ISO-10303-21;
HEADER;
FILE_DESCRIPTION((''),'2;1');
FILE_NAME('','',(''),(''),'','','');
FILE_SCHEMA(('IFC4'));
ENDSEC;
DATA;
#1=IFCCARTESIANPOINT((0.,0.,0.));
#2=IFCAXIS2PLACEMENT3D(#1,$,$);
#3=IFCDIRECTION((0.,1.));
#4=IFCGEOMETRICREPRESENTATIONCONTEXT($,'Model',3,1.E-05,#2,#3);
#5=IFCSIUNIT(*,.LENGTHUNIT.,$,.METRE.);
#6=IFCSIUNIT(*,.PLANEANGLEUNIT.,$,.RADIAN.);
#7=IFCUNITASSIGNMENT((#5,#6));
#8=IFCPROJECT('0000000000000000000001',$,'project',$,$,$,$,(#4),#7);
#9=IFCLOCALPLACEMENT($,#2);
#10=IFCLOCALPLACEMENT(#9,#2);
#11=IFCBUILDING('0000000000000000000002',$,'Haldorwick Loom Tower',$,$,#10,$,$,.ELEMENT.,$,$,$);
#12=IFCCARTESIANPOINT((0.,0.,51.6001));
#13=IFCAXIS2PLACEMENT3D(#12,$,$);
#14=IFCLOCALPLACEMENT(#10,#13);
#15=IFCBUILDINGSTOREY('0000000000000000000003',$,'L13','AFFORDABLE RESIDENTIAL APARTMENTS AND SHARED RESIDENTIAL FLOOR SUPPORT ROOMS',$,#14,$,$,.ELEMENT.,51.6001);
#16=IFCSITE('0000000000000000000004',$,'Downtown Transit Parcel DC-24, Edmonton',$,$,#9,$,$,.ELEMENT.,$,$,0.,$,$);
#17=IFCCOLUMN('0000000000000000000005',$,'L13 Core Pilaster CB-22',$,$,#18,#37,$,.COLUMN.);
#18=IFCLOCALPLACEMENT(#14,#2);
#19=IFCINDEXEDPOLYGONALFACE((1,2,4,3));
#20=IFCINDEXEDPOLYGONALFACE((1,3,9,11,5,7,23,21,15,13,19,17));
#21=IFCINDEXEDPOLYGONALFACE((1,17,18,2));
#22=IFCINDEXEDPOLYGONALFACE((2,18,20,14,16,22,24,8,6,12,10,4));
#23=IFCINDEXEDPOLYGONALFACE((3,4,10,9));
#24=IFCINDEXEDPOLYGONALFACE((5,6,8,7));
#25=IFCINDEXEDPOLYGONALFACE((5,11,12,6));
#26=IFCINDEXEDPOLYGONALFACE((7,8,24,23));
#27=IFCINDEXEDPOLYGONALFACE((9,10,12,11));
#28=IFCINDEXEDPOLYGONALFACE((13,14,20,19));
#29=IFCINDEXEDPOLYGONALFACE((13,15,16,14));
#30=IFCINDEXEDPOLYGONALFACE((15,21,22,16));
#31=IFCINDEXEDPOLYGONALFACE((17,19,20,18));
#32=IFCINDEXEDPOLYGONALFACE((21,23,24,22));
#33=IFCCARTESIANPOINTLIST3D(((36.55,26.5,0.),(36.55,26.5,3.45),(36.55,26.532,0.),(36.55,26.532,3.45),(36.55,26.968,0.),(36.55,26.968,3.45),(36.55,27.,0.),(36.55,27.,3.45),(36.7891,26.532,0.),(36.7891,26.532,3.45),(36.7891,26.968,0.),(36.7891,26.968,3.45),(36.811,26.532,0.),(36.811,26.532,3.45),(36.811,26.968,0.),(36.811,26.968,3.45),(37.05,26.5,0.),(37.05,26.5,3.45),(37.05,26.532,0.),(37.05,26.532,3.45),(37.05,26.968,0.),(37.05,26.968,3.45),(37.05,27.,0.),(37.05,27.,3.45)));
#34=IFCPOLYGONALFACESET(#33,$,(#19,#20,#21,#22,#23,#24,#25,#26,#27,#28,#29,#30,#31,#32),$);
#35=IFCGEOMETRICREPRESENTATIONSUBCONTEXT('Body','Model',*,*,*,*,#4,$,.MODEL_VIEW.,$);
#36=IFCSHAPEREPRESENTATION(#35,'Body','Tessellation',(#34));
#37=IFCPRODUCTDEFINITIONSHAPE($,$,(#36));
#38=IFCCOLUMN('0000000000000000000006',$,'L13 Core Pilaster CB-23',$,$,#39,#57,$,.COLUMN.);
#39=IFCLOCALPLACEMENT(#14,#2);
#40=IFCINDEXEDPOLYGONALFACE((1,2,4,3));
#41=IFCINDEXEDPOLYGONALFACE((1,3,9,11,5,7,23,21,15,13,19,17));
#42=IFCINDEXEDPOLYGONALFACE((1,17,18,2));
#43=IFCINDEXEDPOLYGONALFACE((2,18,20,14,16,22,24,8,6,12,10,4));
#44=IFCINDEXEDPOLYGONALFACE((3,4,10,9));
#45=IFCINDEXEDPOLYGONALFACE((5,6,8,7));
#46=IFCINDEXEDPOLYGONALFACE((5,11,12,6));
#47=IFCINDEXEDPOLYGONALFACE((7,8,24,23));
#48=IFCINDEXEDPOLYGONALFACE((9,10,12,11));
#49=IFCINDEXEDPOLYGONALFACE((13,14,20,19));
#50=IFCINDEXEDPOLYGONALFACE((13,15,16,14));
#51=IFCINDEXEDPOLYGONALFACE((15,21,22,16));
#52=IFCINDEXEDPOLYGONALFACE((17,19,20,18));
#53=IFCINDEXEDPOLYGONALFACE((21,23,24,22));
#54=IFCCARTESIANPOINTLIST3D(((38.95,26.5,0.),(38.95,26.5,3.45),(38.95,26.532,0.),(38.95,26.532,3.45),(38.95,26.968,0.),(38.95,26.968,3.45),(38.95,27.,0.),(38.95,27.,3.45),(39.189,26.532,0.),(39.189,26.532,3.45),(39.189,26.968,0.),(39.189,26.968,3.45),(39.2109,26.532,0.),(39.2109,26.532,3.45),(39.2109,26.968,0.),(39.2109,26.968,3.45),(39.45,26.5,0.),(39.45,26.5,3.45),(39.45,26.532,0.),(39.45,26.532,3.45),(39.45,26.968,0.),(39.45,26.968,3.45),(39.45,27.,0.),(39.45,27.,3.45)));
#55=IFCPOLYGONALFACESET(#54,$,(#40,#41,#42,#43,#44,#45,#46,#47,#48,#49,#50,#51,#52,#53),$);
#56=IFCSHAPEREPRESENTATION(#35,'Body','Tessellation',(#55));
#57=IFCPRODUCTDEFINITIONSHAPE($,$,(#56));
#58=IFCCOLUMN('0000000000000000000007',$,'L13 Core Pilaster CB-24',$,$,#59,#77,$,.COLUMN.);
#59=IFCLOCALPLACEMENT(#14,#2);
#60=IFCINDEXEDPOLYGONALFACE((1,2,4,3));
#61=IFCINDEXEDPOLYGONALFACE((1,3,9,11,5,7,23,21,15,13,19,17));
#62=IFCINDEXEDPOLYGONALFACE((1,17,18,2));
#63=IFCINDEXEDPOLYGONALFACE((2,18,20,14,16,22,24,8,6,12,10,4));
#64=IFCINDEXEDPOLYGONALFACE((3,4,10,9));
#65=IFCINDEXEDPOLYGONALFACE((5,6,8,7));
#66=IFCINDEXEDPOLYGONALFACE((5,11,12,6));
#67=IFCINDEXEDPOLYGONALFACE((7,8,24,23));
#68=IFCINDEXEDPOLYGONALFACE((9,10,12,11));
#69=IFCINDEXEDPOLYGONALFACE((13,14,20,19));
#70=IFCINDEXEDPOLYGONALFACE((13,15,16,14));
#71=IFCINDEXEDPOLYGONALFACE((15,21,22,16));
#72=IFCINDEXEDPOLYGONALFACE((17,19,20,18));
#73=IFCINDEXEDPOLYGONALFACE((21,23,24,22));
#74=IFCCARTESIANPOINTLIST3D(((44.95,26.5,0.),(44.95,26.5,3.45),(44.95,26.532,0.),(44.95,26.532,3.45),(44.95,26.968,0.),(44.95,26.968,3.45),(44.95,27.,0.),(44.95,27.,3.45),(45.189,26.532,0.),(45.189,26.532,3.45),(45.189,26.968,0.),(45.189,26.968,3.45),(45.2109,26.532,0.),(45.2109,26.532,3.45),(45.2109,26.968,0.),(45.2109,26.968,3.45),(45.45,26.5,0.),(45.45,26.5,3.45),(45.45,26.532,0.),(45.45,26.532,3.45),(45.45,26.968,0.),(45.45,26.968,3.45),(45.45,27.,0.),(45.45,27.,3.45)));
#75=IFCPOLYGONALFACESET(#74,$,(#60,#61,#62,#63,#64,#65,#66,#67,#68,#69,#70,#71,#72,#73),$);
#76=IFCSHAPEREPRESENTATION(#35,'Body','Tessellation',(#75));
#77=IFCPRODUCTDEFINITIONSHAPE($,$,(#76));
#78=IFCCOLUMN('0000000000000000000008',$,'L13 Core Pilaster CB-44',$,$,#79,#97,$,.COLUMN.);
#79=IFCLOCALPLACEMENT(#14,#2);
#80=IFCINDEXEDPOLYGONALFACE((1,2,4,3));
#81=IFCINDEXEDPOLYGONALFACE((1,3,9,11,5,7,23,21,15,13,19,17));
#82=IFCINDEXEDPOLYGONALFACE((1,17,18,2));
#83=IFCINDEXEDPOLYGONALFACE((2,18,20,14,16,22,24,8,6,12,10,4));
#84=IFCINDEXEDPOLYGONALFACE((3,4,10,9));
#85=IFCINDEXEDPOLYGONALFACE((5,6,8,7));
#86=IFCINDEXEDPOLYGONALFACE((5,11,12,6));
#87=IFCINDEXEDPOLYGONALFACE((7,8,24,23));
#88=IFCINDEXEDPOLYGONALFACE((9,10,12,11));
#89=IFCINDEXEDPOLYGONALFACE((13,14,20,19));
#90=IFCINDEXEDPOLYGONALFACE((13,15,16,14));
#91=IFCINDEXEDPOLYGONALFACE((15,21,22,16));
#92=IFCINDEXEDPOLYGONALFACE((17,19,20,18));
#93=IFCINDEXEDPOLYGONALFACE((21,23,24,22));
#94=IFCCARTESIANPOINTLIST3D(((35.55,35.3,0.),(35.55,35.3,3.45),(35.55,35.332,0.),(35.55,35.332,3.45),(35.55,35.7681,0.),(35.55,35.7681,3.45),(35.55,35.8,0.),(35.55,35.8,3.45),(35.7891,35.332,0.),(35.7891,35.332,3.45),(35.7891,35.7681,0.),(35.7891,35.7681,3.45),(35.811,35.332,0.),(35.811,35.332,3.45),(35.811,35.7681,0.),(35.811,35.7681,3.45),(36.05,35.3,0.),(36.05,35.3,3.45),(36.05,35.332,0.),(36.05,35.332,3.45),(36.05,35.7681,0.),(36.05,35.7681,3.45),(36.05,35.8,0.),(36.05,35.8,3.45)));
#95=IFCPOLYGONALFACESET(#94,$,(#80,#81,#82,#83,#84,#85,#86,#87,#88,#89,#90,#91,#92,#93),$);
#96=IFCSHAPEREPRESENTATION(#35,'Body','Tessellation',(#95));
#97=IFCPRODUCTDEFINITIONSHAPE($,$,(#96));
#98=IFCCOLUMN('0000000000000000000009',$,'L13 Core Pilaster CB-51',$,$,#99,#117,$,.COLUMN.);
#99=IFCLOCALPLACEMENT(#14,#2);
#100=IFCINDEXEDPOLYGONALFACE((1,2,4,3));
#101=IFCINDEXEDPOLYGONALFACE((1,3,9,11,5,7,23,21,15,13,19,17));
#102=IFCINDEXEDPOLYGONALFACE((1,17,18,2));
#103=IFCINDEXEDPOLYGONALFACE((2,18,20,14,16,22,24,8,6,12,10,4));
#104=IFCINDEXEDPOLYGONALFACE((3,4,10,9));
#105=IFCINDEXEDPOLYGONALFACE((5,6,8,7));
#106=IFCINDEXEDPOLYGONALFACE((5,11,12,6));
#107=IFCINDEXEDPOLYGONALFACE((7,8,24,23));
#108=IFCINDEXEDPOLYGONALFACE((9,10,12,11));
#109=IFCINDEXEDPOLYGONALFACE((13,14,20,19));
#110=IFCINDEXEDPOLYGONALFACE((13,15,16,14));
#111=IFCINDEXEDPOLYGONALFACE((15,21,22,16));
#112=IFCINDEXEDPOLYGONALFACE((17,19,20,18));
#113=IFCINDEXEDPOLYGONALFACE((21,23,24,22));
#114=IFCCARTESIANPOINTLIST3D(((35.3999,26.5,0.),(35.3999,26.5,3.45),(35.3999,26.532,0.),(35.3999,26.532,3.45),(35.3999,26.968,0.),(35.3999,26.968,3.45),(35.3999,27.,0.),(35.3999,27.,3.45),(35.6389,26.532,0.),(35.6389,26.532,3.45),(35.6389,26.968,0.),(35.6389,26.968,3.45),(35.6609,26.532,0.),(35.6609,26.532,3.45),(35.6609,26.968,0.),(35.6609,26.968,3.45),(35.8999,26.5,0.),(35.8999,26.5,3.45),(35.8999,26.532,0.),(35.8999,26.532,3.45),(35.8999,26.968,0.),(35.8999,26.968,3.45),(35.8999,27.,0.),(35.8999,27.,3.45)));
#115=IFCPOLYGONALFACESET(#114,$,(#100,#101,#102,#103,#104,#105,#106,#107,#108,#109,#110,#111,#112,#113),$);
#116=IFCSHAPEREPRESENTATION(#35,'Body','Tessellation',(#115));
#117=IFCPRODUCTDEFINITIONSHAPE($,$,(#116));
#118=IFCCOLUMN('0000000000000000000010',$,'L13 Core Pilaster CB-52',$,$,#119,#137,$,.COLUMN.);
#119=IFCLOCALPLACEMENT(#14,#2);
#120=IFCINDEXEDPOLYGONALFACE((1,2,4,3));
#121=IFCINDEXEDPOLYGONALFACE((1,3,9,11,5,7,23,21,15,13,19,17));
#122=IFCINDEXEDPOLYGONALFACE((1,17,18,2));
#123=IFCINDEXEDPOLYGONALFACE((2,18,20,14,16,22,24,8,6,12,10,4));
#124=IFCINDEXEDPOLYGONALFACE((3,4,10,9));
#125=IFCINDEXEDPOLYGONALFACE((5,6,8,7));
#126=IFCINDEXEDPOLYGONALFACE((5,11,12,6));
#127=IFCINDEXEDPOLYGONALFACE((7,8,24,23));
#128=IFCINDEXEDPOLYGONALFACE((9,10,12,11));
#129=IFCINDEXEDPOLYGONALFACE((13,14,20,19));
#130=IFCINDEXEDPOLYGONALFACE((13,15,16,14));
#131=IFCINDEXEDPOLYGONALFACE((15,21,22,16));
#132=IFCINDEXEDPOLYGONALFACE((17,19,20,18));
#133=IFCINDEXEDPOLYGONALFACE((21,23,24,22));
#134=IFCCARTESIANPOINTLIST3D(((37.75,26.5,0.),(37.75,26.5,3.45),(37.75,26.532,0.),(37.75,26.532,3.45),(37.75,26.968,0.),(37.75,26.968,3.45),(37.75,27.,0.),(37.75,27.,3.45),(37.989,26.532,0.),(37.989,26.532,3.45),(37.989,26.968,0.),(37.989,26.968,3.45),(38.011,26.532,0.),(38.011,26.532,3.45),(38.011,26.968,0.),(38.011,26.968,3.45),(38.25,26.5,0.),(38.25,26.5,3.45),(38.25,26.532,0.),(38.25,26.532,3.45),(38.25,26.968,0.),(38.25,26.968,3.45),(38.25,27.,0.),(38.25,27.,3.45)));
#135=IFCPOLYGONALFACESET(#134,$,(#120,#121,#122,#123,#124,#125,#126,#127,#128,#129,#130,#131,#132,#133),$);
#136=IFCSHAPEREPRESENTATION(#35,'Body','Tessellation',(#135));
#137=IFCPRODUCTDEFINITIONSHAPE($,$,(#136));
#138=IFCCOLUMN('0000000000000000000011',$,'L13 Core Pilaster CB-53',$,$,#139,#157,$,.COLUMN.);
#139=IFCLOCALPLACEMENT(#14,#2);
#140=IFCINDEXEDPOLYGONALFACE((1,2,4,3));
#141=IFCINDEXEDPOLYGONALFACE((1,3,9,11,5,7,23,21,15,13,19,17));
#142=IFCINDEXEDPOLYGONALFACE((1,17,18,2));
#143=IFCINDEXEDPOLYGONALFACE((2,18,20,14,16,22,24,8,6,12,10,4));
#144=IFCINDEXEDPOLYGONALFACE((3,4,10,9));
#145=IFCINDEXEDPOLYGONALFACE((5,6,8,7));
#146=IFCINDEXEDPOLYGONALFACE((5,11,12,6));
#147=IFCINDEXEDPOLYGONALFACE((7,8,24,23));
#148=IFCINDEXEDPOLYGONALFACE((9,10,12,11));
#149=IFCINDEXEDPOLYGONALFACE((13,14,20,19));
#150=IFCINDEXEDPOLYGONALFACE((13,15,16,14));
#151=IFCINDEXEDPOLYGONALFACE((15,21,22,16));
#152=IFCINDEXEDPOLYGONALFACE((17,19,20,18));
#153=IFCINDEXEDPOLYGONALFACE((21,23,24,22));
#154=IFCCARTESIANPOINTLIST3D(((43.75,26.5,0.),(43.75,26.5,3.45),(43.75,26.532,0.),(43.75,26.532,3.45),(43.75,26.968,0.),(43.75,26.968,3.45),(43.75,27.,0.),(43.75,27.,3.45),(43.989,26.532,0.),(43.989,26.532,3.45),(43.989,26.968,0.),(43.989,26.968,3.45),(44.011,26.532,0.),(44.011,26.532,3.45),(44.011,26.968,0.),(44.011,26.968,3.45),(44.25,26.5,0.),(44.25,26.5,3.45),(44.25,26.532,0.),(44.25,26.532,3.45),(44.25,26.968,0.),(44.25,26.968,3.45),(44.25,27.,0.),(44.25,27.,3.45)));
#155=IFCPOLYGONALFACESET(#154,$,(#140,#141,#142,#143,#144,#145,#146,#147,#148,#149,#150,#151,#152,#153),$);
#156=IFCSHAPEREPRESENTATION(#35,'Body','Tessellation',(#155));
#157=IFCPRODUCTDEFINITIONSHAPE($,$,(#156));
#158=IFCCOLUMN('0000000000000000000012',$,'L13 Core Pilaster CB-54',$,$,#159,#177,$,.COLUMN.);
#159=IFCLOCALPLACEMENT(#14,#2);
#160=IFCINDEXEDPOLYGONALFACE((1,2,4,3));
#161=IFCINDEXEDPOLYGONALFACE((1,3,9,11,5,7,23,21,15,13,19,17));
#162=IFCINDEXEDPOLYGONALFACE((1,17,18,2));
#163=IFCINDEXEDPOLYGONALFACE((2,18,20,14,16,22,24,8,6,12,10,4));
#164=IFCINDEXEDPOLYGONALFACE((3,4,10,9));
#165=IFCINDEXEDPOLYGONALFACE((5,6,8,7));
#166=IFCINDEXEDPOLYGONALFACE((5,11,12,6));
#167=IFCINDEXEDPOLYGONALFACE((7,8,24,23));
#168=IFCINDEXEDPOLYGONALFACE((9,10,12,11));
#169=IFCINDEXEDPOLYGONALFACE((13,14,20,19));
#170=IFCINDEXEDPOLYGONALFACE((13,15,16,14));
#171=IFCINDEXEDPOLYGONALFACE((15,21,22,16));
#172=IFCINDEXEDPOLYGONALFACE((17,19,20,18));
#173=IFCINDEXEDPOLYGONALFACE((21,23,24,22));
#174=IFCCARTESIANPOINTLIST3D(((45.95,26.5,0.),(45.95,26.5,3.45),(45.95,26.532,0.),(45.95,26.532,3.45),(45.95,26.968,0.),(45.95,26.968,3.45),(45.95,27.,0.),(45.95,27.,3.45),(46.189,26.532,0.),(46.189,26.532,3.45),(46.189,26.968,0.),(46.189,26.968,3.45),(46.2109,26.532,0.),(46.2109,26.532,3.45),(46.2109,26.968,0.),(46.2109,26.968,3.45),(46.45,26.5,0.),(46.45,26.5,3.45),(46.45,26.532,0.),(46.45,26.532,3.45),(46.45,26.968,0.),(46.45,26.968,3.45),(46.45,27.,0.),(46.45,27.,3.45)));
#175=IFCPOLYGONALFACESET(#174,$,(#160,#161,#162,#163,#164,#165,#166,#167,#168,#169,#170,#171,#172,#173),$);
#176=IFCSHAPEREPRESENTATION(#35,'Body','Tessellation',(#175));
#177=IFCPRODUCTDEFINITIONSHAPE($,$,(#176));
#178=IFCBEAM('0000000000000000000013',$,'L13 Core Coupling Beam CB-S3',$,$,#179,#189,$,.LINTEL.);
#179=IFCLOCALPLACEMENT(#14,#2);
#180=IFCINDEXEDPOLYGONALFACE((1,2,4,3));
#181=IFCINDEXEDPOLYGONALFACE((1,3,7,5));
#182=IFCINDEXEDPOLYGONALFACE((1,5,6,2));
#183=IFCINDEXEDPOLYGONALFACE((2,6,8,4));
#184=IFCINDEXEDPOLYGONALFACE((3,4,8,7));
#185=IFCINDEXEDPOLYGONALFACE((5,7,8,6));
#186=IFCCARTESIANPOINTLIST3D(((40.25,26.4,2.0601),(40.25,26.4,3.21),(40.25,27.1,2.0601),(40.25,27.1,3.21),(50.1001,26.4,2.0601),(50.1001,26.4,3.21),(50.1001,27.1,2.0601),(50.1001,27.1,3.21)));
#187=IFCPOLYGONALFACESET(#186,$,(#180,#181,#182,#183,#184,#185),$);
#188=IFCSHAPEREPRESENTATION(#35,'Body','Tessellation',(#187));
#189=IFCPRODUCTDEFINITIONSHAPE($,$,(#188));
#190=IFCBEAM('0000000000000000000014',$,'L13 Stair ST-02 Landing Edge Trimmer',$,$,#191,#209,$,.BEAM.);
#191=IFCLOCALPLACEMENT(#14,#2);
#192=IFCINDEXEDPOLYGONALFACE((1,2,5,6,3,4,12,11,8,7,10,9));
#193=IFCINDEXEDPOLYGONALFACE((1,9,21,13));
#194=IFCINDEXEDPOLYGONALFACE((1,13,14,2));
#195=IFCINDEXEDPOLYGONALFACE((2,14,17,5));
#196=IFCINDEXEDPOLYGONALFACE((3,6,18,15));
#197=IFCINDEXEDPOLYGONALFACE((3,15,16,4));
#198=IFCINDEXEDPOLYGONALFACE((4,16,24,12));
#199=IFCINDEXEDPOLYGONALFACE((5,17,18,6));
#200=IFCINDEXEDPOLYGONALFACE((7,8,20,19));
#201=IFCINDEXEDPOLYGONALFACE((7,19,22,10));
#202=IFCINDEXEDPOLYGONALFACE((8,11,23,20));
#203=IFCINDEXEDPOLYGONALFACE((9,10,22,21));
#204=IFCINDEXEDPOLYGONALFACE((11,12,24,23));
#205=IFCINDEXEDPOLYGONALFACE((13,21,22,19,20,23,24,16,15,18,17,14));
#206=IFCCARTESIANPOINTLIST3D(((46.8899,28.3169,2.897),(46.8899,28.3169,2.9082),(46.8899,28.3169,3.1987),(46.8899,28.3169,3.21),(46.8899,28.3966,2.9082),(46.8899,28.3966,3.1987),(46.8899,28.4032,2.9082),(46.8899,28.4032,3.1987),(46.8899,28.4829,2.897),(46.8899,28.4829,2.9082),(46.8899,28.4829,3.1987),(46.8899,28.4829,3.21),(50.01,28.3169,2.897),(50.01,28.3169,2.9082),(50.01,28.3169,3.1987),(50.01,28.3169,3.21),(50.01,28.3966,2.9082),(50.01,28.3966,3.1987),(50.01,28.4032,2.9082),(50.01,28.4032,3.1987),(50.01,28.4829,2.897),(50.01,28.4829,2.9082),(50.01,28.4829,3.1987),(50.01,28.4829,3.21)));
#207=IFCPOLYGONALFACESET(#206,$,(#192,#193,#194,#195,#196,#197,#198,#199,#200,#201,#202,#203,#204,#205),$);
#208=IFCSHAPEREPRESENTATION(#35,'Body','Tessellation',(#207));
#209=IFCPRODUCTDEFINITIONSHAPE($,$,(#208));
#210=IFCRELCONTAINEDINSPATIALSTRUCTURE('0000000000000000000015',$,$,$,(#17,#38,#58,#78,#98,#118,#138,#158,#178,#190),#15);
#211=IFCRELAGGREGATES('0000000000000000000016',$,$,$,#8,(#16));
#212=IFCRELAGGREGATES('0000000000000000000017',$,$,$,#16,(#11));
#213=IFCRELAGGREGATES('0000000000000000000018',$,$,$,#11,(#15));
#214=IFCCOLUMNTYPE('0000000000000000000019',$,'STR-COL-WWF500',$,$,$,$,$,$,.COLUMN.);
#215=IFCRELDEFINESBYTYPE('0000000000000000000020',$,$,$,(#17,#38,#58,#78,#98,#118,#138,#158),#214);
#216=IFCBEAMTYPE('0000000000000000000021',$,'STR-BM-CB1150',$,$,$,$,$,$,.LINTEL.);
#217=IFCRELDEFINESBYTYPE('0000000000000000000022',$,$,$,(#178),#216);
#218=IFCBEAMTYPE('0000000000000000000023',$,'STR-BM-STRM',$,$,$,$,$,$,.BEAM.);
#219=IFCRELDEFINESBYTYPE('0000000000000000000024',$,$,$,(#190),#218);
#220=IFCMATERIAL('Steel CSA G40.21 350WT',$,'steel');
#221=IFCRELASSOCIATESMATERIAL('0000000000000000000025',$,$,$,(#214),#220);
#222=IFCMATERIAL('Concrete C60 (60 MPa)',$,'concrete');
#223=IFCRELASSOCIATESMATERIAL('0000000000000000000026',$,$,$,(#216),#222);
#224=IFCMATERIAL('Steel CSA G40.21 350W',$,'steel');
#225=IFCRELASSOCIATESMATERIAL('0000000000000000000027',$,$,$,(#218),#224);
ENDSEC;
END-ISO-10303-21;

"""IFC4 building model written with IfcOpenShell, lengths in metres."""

from ifc_helpers import new_model, si_unit, direction, frame, origin, origin_2d, place, context, subcontext, project, spatial, rectangle, i_section, extrude, material, material_profile, profile_set, type_object, element, save


model = new_model("IFC4")

# Units and contexts
model_context = context("Model", 3, precision=1e-05, world=origin(), true_north=direction((0.0, 1.0)))
body_context = subcontext(model_context, "Body", "Model", "MODEL_VIEW")
ifc_project = project(units=[si_unit("LENGTHUNIT", "METRE"), si_unit("PLANEANGLEUNIT", "RADIAN")], contexts=[model_context])

# Site, building, storey
site_placement = place(None, origin())
site = spatial("IfcSite", under=ifc_project, at=site_placement, Name="Downtown Transit Parcel DC-24, Edmonton", CompositionType="ELEMENT", RefElevation=0.0)
building_placement = place(site_placement, origin())
building = spatial("IfcBuilding", under=site, at=building_placement, Name="Haldorwick Loom Tower", CompositionType="ELEMENT")
storey_placement = place(building_placement, frame((0.0, 0.0, 51.6001)))
storey = spatial("IfcBuildingStorey", under=building, at=storey_placement, Name="L13", Description="AFFORDABLE RESIDENTIAL APARTMENTS AND SHARED RESIDENTIAL FLOOR SUPPORT ROOMS", CompositionType="ELEMENT", Elevation=51.6001)

# Columns
ifc_material_1 = material(Name="Steel CSA G40.21 350WT", Category="steel")
ifc_material_profile_1 = material_profile(ifc_material_1, i_section(OverallWidth=0.5, OverallDepth=0.5, WebThickness=0.022, FlangeThickness=0.032, at=origin_2d()), Name="WWF500X500", Category="steel")
ifc_profile_set_1 = profile_set([ifc_material_profile_1], Name="Steel CSA G40.21 350WT")
column_type = type_object("IfcColumnType", Name="STR-COL-WWF500", PredefinedType="COLUMN", material=ifc_profile_set_1)
for number, where, z_axis, x_axis, name in (
    (1, (36.8, 26.75, 0.0), (0.0, 0.0, 1.0), (1.0, 0.0, 0.0), "L13 Core Pilaster CB-22"),
    (2, (39.2, 26.75, 0.0), (0.0, 0.0, 1.0), (1.0, 0.0, 0.0), "L13 Core Pilaster CB-23"),
    (3, (45.2, 26.75, 0.0), (0.0, 0.0, 1.0), (1.0, 0.0, 0.0), "L13 Core Pilaster CB-24"),
    (4, (35.8, 35.55, 0.0), (0.0, 0.0, 1.0), (1.0, 0.0, 0.0), "L13 Core Pilaster CB-44"),
    (5, (35.6499, 26.75, 0.0), (0.0, 0.0, 1.0), (1.0, 0.0, 0.0), "L13 Core Pilaster CB-51"),
    (6, (38.0, 26.75, 0.0), (0.0, 0.0, 1.0), (1.0, 0.0, 0.0), "L13 Core Pilaster CB-52"),
    (7, (44.0, 26.75, 0.0), (0.0, 0.0, 1.0), (1.0, 0.0, 0.0), "L13 Core Pilaster CB-53"),
    (8, (46.2, 26.75, 0.0), (0.0, 0.0, 1.0), (1.0, 0.0, 0.0), "L13 Core Pilaster CB-54"),
):
    element("IfcColumn", number, at=place(storey_placement, frame(where, z_axis=z_axis, x_axis=x_axis)), inside=storey, type_object=column_type, Name=name, PredefinedType="COLUMN", context=body_context, shape_type="SweptSolid", body=[
        extrude(i_section(OverallWidth=0.5, OverallDepth=0.5, WebThickness=0.022, FlangeThickness=0.032, at=origin_2d()), origin(), (0.0, 0.0, 1.0), 3.45),
    ])

# Beams
ifc_material_2 = material(Name="Concrete C60 (60 MPa)", Category="concrete")
ifc_material_profile_2 = material_profile(ifc_material_2, rectangle(XDim=0.7, YDim=1.1499, at=origin_2d()), Name="RC700X1150", Category="concrete")
ifc_profile_set_2 = profile_set([ifc_material_profile_2], Name="Concrete C60 (60 MPa)")
beam_type_1 = type_object("IfcBeamType", Name="STR-BM-CB1150", PredefinedType="LINTEL", material=ifc_profile_set_2)
beam_placement = place(storey_placement, frame((40.25, 26.75, 2.635), z_axis=(1.0, 0.0, 0.0), x_axis=(0.0, 1.0, 0.0)))
element("IfcBeam", 9, at=beam_placement, inside=storey, type_object=beam_type_1, Name="L13 Core Coupling Beam CB-S3", PredefinedType="LINTEL", context=body_context, shape_type="SweptSolid", body=[
    extrude(rectangle(XDim=0.7, YDim=1.1499, at=origin_2d()), origin(), (0.0, 0.0, 1.0), 9.8501),
])
ifc_material_3 = material(Name="Steel CSA G40.21 350W", Category="steel")
ifc_material_profile_3 = material_profile(ifc_material_3, i_section(OverallWidth=0.166, OverallDepth=0.313, WebThickness=0.0066, FlangeThickness=0.0112, at=origin_2d()), Name="W310X45", Category="steel")
ifc_profile_set_3 = profile_set([ifc_material_profile_3], Name="Steel CSA G40.21 350W")
beam_type_2 = type_object("IfcBeamType", Name="STR-BM-STRM", PredefinedType="BEAM", material=ifc_profile_set_3)
for number, where, z_axis, x_axis, name in (
    (10, (46.8899, 28.3999, 3.0535), (1.0, 0.0, 0.0), (0.0, 1.0, 0.0), "L13 Stair ST-02 Landing Edge Trimmer"),
):
    element("IfcBeam", number, at=place(storey_placement, frame(where, z_axis=z_axis, x_axis=x_axis)), inside=storey, type_object=beam_type_2, Name=name, PredefinedType="BEAM", context=body_context, shape_type="SweptSolid", body=[
        extrude(i_section(OverallWidth=0.166, OverallDepth=0.313, WebThickness=0.0066, FlangeThickness=0.0112, at=origin_2d()), origin(), (0.0, 0.0, 1.0), 3.1201),
    ])

save(model, "model.ifc")
